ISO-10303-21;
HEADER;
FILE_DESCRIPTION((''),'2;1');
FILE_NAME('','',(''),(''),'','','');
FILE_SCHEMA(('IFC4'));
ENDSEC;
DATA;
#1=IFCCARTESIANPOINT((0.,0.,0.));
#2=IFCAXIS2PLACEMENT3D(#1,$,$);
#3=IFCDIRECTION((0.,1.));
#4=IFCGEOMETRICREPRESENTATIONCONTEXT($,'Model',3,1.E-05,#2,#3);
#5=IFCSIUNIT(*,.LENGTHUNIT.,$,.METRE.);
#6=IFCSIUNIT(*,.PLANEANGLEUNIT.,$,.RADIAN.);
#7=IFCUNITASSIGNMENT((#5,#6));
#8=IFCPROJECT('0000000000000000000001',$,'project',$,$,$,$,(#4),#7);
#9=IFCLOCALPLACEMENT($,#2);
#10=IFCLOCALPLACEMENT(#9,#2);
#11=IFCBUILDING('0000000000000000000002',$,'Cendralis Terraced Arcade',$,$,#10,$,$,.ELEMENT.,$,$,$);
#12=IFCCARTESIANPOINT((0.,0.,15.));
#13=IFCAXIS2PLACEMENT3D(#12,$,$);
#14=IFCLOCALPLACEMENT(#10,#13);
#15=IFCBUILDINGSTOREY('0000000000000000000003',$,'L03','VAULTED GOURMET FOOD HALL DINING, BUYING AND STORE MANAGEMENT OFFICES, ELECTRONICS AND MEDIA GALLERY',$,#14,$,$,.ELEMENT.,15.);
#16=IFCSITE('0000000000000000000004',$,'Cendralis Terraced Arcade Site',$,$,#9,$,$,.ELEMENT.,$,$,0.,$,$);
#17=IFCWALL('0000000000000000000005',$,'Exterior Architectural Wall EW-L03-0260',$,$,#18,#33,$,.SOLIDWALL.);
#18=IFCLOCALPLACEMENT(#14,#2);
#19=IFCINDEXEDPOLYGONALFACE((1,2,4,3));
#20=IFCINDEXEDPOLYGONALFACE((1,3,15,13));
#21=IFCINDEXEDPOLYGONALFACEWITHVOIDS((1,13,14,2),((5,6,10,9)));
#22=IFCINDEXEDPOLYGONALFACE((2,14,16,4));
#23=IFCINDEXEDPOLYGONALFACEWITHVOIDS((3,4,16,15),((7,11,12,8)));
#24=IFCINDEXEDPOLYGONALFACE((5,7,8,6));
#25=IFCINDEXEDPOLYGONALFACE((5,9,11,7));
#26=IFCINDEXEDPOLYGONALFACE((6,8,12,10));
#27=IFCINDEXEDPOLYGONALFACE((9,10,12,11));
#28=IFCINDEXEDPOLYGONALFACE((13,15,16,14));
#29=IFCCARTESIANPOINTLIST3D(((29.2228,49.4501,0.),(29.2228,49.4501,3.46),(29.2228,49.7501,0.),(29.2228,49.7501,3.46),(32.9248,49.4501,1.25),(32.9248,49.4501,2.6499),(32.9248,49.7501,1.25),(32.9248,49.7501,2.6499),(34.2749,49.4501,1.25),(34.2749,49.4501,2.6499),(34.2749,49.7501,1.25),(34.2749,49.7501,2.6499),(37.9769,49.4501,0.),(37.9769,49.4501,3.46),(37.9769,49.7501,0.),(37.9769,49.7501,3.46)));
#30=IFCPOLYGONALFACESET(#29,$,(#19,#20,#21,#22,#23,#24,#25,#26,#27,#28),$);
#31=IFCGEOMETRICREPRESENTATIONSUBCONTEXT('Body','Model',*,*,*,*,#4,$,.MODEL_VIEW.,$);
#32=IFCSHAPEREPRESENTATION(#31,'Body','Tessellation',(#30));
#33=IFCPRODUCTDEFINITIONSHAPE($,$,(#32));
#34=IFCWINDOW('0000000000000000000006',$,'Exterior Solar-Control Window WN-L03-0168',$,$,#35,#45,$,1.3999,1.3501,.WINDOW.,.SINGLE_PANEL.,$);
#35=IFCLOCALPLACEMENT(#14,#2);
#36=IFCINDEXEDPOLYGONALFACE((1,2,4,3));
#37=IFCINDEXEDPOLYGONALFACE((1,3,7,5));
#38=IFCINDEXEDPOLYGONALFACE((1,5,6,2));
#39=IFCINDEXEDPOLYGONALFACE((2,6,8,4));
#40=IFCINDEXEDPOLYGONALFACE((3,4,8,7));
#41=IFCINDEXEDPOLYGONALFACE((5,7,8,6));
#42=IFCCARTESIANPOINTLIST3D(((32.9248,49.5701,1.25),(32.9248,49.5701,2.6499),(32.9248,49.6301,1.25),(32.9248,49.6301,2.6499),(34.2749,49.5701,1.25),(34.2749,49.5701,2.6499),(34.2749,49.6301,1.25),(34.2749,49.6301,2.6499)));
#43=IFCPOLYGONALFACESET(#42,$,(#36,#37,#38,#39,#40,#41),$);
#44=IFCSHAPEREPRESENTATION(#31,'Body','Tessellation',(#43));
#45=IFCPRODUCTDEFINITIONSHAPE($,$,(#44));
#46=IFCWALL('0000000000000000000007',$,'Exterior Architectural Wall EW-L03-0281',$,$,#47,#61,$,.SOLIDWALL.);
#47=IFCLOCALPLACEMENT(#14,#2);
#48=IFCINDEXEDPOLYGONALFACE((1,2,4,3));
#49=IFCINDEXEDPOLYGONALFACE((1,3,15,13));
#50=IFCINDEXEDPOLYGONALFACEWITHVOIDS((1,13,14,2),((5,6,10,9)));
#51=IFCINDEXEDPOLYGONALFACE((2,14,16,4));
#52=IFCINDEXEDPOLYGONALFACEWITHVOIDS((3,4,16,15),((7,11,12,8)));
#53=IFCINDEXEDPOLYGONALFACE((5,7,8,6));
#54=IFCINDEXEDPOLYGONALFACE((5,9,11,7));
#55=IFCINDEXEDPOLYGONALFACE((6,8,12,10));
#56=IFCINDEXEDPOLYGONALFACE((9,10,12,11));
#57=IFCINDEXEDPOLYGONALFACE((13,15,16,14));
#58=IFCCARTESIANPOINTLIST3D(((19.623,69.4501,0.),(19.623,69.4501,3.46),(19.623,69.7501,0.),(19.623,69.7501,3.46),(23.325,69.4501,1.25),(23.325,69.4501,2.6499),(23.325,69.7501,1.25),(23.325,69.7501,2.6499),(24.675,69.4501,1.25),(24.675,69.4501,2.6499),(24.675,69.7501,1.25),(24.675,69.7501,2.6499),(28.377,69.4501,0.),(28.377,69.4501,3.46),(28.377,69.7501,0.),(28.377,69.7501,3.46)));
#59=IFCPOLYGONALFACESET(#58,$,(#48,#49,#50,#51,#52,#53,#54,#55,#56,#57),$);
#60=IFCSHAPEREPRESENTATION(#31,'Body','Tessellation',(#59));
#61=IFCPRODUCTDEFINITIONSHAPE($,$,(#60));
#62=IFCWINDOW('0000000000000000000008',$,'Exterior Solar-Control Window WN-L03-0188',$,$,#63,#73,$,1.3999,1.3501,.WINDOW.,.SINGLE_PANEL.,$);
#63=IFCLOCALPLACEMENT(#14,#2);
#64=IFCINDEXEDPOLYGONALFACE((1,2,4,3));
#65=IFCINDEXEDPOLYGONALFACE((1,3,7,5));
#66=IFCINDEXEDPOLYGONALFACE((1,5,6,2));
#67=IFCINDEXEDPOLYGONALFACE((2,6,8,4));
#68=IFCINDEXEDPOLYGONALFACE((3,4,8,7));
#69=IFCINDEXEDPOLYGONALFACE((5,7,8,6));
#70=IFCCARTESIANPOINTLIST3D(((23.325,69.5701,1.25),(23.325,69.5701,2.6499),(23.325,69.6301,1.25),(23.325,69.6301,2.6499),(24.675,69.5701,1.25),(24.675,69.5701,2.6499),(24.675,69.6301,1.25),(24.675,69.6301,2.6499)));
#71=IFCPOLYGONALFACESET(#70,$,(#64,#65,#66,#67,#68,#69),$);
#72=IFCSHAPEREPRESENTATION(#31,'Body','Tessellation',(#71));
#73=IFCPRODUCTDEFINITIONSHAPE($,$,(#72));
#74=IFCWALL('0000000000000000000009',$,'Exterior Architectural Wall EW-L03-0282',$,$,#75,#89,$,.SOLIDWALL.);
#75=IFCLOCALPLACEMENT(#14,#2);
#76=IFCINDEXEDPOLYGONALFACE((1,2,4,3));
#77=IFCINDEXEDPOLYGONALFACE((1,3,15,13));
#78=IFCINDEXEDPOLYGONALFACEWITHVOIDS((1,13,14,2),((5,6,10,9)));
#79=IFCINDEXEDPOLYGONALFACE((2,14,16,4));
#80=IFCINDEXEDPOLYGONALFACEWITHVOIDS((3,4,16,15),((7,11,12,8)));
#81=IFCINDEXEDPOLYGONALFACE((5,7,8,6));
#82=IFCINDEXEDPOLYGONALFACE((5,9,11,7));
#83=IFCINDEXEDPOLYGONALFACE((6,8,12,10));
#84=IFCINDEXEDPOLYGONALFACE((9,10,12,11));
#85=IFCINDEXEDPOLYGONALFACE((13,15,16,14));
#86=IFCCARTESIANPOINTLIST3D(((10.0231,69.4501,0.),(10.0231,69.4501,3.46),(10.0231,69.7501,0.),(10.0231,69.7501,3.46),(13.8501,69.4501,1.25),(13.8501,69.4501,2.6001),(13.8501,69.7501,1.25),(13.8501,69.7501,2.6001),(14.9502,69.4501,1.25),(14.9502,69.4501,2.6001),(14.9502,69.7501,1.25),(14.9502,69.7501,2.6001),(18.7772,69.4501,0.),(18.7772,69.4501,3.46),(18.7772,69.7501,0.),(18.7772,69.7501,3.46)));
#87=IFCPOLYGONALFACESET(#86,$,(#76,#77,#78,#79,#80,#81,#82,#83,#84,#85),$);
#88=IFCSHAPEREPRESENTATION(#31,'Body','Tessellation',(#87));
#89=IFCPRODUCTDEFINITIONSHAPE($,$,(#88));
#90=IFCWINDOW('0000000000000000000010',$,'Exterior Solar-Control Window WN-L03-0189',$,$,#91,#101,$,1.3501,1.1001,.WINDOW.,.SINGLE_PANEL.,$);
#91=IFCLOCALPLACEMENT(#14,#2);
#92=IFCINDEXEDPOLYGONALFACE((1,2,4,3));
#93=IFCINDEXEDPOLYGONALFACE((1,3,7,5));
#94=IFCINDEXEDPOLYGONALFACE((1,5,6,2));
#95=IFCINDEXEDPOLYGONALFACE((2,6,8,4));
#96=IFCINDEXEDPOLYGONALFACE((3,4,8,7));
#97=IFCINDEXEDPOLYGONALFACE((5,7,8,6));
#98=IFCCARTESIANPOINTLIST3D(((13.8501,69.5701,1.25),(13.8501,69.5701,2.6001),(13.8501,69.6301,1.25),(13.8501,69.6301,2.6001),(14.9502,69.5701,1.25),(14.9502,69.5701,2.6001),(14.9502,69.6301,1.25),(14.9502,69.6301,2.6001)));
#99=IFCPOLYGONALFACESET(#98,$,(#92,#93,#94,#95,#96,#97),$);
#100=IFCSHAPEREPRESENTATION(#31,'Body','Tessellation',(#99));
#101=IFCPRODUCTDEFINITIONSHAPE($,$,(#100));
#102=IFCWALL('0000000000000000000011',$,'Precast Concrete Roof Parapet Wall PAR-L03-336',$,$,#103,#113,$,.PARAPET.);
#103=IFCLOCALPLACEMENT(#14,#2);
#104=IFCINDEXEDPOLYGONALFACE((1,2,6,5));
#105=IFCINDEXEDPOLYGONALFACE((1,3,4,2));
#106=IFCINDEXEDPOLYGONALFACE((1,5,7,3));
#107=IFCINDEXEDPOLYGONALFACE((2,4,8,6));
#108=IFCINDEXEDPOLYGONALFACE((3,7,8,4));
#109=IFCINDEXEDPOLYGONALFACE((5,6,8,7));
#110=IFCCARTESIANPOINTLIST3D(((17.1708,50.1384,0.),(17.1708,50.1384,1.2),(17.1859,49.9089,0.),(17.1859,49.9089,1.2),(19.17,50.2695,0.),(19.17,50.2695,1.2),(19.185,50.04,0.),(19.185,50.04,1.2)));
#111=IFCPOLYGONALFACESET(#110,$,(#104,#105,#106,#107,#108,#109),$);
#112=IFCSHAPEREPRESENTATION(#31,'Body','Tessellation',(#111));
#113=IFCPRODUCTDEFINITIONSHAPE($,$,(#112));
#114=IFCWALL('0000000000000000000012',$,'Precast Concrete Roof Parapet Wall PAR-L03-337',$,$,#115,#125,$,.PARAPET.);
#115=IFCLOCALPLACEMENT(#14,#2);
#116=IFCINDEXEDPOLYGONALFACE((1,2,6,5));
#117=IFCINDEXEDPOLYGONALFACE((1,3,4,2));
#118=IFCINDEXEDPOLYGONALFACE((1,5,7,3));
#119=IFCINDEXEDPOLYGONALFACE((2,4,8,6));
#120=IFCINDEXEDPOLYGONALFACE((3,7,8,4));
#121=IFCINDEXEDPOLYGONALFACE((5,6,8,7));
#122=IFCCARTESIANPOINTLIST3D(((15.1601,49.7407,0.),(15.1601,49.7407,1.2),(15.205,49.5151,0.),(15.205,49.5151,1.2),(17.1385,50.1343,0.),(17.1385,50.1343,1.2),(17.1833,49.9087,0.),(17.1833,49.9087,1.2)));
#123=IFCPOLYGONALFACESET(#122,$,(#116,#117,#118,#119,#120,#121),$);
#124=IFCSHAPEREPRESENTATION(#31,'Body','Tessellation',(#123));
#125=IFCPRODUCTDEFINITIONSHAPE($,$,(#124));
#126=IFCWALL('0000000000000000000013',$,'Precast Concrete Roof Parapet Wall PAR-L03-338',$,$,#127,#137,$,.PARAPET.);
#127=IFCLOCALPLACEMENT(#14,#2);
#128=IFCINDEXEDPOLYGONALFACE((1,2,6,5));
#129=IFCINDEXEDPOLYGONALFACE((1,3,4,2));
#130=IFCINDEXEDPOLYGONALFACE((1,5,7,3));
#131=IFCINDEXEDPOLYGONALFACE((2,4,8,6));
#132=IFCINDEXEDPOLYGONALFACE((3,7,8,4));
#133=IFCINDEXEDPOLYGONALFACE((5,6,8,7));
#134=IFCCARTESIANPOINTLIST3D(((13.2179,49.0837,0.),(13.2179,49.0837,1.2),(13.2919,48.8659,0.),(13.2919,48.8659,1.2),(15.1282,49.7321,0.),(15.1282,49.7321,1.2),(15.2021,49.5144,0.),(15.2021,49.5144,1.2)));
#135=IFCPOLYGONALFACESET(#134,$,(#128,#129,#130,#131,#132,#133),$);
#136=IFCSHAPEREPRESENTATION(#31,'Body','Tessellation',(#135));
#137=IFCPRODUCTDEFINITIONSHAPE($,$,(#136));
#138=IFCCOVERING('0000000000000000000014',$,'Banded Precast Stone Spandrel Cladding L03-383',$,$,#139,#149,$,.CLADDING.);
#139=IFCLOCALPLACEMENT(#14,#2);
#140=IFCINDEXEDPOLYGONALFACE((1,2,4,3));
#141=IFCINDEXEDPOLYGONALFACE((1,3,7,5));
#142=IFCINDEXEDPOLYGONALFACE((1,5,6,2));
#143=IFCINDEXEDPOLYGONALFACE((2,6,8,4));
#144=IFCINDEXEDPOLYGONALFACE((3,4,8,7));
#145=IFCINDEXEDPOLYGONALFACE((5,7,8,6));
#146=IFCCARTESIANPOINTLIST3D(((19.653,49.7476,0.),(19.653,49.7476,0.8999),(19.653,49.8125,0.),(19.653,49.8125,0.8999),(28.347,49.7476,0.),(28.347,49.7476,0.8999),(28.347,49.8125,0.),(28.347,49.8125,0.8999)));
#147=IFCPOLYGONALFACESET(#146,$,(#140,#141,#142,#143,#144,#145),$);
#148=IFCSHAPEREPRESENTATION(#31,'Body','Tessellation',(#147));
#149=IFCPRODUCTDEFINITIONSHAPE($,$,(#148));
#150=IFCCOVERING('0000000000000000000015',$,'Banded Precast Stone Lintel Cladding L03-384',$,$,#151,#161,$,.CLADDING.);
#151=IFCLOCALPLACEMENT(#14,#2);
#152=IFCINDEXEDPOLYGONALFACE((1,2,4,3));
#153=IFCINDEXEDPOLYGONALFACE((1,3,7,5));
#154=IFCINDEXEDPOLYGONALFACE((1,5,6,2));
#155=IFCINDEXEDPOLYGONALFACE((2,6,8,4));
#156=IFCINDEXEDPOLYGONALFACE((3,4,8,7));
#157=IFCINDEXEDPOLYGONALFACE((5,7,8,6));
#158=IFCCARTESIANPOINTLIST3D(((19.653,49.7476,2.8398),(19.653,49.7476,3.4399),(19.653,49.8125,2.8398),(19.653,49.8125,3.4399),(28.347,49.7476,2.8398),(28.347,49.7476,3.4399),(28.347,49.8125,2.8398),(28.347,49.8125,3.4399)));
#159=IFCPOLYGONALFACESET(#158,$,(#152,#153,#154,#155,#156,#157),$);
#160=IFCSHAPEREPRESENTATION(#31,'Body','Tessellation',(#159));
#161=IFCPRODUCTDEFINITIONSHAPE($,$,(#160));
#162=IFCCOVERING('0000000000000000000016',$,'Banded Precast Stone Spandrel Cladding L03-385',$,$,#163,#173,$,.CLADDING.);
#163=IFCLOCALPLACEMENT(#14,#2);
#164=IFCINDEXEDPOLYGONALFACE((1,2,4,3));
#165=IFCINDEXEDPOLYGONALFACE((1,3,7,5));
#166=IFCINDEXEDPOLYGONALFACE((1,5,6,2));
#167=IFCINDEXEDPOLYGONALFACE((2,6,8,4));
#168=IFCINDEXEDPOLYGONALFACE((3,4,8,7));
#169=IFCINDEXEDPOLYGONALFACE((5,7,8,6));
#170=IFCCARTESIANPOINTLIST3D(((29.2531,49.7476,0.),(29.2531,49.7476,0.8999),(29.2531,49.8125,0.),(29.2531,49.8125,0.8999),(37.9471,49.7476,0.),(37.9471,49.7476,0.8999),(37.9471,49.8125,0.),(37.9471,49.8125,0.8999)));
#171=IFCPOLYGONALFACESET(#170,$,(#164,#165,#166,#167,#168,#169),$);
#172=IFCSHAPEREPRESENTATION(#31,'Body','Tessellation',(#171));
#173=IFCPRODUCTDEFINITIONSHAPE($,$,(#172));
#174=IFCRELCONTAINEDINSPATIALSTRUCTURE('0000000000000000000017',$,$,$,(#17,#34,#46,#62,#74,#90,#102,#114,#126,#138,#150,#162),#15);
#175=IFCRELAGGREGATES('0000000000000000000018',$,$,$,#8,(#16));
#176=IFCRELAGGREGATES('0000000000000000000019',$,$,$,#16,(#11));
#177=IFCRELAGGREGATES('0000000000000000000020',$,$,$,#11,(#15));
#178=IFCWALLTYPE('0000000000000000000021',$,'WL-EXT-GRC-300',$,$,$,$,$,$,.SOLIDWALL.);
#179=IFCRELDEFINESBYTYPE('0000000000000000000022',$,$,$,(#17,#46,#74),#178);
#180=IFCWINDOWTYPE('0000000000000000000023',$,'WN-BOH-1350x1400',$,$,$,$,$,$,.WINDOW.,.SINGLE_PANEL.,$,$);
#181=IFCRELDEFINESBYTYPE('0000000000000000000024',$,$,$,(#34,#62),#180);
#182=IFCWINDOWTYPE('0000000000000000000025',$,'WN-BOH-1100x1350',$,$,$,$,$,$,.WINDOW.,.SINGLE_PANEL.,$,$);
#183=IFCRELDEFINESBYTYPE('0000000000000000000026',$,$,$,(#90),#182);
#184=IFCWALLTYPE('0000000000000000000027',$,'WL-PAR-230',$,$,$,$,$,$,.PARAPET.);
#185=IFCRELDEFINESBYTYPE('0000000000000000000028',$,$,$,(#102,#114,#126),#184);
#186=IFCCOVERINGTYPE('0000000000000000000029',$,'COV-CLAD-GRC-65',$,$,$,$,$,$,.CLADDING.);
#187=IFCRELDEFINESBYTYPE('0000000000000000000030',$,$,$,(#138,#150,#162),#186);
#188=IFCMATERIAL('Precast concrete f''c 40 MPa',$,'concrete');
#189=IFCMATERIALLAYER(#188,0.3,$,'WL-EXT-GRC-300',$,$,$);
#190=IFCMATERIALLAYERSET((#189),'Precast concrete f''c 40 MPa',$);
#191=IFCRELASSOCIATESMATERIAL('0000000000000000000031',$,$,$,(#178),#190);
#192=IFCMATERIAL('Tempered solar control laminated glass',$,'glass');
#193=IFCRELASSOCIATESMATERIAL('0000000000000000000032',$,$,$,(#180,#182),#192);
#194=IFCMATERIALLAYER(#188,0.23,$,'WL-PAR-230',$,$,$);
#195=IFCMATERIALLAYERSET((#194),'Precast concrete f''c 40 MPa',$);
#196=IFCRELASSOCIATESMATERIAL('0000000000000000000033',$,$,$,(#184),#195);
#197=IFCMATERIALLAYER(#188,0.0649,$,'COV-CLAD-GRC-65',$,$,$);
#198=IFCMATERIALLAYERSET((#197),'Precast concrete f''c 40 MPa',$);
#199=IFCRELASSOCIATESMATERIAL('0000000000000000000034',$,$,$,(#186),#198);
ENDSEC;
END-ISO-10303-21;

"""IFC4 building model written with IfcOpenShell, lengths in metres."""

from ifc_helpers import new_model, si_unit, direction, frame, frame_2d, origin, origin_2d, place, context, subcontext, project, spatial, rectangle, extrude, material, layer, layer_set, type_object, element, fill, save


model = new_model("IFC4")

# Units and contexts
model_context = context("Model", 3, precision=1e-05, world=origin(), true_north=direction((0.0, 1.0)))
body_context = subcontext(model_context, "Body", "Model", "MODEL_VIEW")
ifc_project = project(units=[si_unit("LENGTHUNIT", "METRE"), si_unit("PLANEANGLEUNIT", "RADIAN")], contexts=[model_context])

# Site, building, storey
site_placement = place(None, origin())
site = spatial("IfcSite", under=ifc_project, at=site_placement, Name="Cendralis Terraced Arcade Site", CompositionType="ELEMENT", RefElevation=0.0)
building_placement = place(site_placement, origin())
building = spatial("IfcBuilding", under=site, at=building_placement, Name="Cendralis Terraced Arcade", CompositionType="ELEMENT")
storey_placement = place(building_placement, frame((0.0, 0.0, 15.0)))
storey = spatial("IfcBuildingStorey", under=building, at=storey_placement, Name="L03", Description="VAULTED GOURMET FOOD HALL DINING, BUYING AND STORE MANAGEMENT OFFICES, ELECTRONICS AND MEDIA GALLERY", CompositionType="ELEMENT", Elevation=15.0)

# Shared definitions
ifc_material_1 = material(Name="Tempered solar control laminated glass", Category="glass")

# Shared definitions
ifc_material_2 = material(Name="Precast concrete f'c 40 MPa", Category="concrete")
ifc_layer_1 = layer(ifc_material_2, 0.3, Name="WL-EXT-GRC-300")
ifc_layer_set_1 = layer_set([ifc_layer_1], Name="Precast concrete f'c 40 MPa")
wall_type_1 = type_object("IfcWallType", Name="WL-EXT-GRC-300", PredefinedType="SOLIDWALL", material=ifc_layer_set_1)

# Walls, openings, windows
wall_1_placement = place(storey_placement, frame((29.2229, 49.6001, 0.0), z_axis=(0.0, 0.0, 1.0), x_axis=(1.0, 0.0, 0.0)))
wall_1 = element("IfcWall", 1, at=wall_1_placement, inside=storey, type_object=wall_type_1, Name="Exterior Architectural Wall EW-L03-0260", PredefinedType="SOLIDWALL", context=body_context, shape_type="SweptSolid", body=[
    extrude(rectangle(XDim=8.7542, YDim=0.3, at=frame_2d((4.377, 0.0))), origin(), (0.0, 0.0, 1.0), 3.46),
])
opening_1_placement = place(wall_1_placement, frame((3.7019, 0.0, 1.25)))
opening_1 = element("IfcOpeningElement", 2, at=opening_1_placement, cuts=wall_1, PredefinedType="OPENING", context=body_context, shape_type="SweptSolid", body=[
    extrude(rectangle(XDim=1.3501, YDim=1.3999, at=frame_2d((0.675, 0.7))), frame((0.0, 0.1621, 0.0), z_axis=(0.0, -1.0, 0.0), x_axis=(1.0, 0.0, 0.0)), (0.0, 0.0, 1.0), 0.324),
])
window_type_1 = type_object("IfcWindowType", Name="WN-BOH-1350x1400", PartitioningType="SINGLE_PANEL", PredefinedType="WINDOW", material=ifc_material_1)
window_1_placement = place(opening_1_placement, origin())
window_1 = element("IfcWindow", 3, at=window_1_placement, inside=storey, type_object=window_type_1, Name="Exterior Solar-Control Window WN-L03-0168", OverallHeight=1.3999, OverallWidth=1.3501, PartitioningType="SINGLE_PANEL", PredefinedType="WINDOW", context=body_context, shape_type="SweptSolid", body=[
    extrude(rectangle(XDim=1.3501, YDim=1.3999, at=frame_2d((0.675, 0.7))), frame((0.0, 0.03, 0.0), z_axis=(0.0, -1.0, 0.0), x_axis=(1.0, 0.0, 0.0)), (0.0, 0.0, 1.0), 0.0601),
])
fill(opening_1, window_1)
wall_2_placement = place(storey_placement, frame((28.377, 69.6001, 0.0), z_axis=(0.0, 0.0, 1.0), x_axis=(-1.0, 0.0, 0.0)))
wall_2 = element("IfcWall", 4, at=wall_2_placement, inside=storey, type_object=wall_type_1, Name="Exterior Architectural Wall EW-L03-0281", PredefinedType="SOLIDWALL", context=body_context, shape_type="SweptSolid", body=[
    extrude(rectangle(XDim=8.7539, YDim=0.3, at=frame_2d((4.377, 0.0))), origin(), (0.0, 0.0, 1.0), 3.46),
])
opening_2_placement = place(wall_2_placement, frame((3.7019, 0.0, 1.25)))
opening_2 = element("IfcOpeningElement", 5, at=opening_2_placement, cuts=wall_2, PredefinedType="OPENING", context=body_context, shape_type="SweptSolid", body=[
    extrude(rectangle(XDim=1.3501, YDim=1.3999, at=frame_2d((0.675, 0.7))), frame((0.0, 0.1621, 0.0), z_axis=(0.0, -1.0, 0.0), x_axis=(1.0, 0.0, 0.0)), (0.0, 0.0, 1.0), 0.324),
])
window_2_placement = place(opening_2_placement, origin())
window_2 = element("IfcWindow", 6, at=window_2_placement, inside=storey, type_object=window_type_1, Name="Exterior Solar-Control Window WN-L03-0188", OverallHeight=1.3999, OverallWidth=1.3501, PartitioningType="SINGLE_PANEL", PredefinedType="WINDOW", context=body_context, shape_type="SweptSolid", body=[
    extrude(rectangle(XDim=1.3501, YDim=1.3999, at=frame_2d((0.675, 0.7))), frame((0.0, 0.03, 0.0), z_axis=(0.0, -1.0, 0.0), x_axis=(1.0, 0.0, 0.0)), (0.0, 0.0, 1.0), 0.0601),
])
fill(opening_2, window_2)
wall_3_placement = place(storey_placement, frame((18.7771, 69.6001, 0.0), z_axis=(0.0, 0.0, 1.0), x_axis=(-1.0, 0.0, 0.0)))
wall_3 = element("IfcWall", 7, at=wall_3_placement, inside=storey, type_object=wall_type_1, Name="Exterior Architectural Wall EW-L03-0282", PredefinedType="SOLIDWALL", context=body_context, shape_type="SweptSolid", body=[
    extrude(rectangle(XDim=8.7542, YDim=0.3, at=frame_2d((4.377, 0.0))), origin(), (0.0, 0.0, 1.0), 3.46),
])
opening_3_placement = place(wall_3_placement, frame((3.8269, 0.0, 1.25)))
opening_3 = element("IfcOpeningElement", 8, at=opening_3_placement, cuts=wall_3, PredefinedType="OPENING", context=body_context, shape_type="SweptSolid", body=[
    extrude(rectangle(XDim=1.1001, YDim=1.3501, at=frame_2d((0.55, 0.675))), frame((0.0, 0.1621, 0.0), z_axis=(0.0, -1.0, 0.0), x_axis=(1.0, 0.0, 0.0)), (0.0, 0.0, 1.0), 0.324),
])
window_type_2 = type_object("IfcWindowType", Name="WN-BOH-1100x1350", PartitioningType="SINGLE_PANEL", PredefinedType="WINDOW", material=ifc_material_1)
window_3_placement = place(opening_3_placement, origin())
window_3 = element("IfcWindow", 9, at=window_3_placement, inside=storey, type_object=window_type_2, Name="Exterior Solar-Control Window WN-L03-0189", OverallHeight=1.3501, OverallWidth=1.1001, PartitioningType="SINGLE_PANEL", PredefinedType="WINDOW", context=body_context, shape_type="SweptSolid", body=[
    extrude(rectangle(XDim=1.1001, YDim=1.3501, at=frame_2d((0.55, 0.675))), frame((0.0, 0.03, 0.0), z_axis=(0.0, -1.0, 0.0), x_axis=(1.0, 0.0, 0.0)), (0.0, 0.0, 1.0), 0.0601),
])
fill(opening_3, window_3)

# Walls
ifc_layer_2 = layer(ifc_material_2, 0.23, Name="WL-PAR-230")
ifc_layer_set_2 = layer_set([ifc_layer_2], Name="Precast concrete f'c 40 MPa")
wall_type_2 = type_object("IfcWallType", Name="WL-PAR-230", PredefinedType="PARAPET", material=ifc_layer_set_2)
wall_4_placement = place(storey_placement, frame((19.1775, 50.1548, 0.0), z_axis=(0.0, 0.0, 1.0), x_axis=(-0.997856, -0.065443, 0.0)))
element("IfcWall", 10, at=wall_4_placement, inside=storey, type_object=wall_type_2, Name="Precast Concrete Roof Parapet Wall PAR-L03-336", PredefinedType="PARAPET", context=body_context, shape_type="SweptSolid", body=[
    extrude(rectangle(XDim=2.0034, YDim=0.23, at=frame_2d((1.0017, 0.0))), origin(), (0.0, 0.0, 1.0), 1.2),
])
wall_5_placement = place(storey_placement, frame((17.1609, 50.0215, 0.0), z_axis=(0.0, 0.0, 1.0), x_axis=(-0.98078, -0.195115, 0.0)))
element("IfcWall", 11, at=wall_5_placement, inside=storey, type_object=wall_type_2, Name="Precast Concrete Roof Parapet Wall PAR-L03-337", PredefinedType="PARAPET", context=body_context, shape_type="SweptSolid", body=[
    extrude(rectangle(XDim=2.0171, YDim=0.23, at=frame_2d((1.0085, 0.0))), origin(), (0.0, 0.0, 1.0), 1.2),
])
wall_6_placement = place(storey_placement, frame((15.1653, 49.6233, 0.0), z_axis=(0.0, 0.0, 1.0), x_axis=(-0.946926, -0.321451, 0.0)))
element("IfcWall", 12, at=wall_6_placement, inside=storey, type_object=wall_type_2, Name="Precast Concrete Roof Parapet Wall PAR-L03-338", PredefinedType="PARAPET", context=body_context, shape_type="SweptSolid", body=[
    extrude(rectangle(XDim=2.0173, YDim=0.23, at=frame_2d((1.0088, 0.0))), origin(), (0.0, 0.0, 1.0), 1.2),
])

# Coverings
ifc_layer_3 = layer(ifc_material_2, 0.0649, Name="COV-CLAD-GRC-65")
ifc_layer_set_3 = layer_set([ifc_layer_3], Name="Precast concrete f'c 40 MPa")
covering_type = type_object("IfcCoveringType", Name="COV-CLAD-GRC-65", PredefinedType="CLADDING", material=ifc_layer_set_3)
covering_1_placement = place(storey_placement, frame((24.0, 49.78, 0.0), z_axis=(0.0, 0.0, 1.0), x_axis=(1.0, 0.0, 0.0)))
element("IfcCovering", 13, at=covering_1_placement, inside=storey, type_object=covering_type, Name="Banded Precast Stone Spandrel Cladding L03-383", PredefinedType="CLADDING", context=body_context, shape_type="SweptSolid", body=[
    extrude(rectangle(XDim=8.6941, YDim=0.0649, at=origin_2d()), origin(), (0.0, 0.0, 1.0), 0.8999),
])
covering_2_placement = place(storey_placement, frame((24.0, 49.78, 2.8398), z_axis=(0.0, 0.0, 1.0), x_axis=(1.0, 0.0, 0.0)))
element("IfcCovering", 14, at=covering_2_placement, inside=storey, type_object=covering_type, Name="Banded Precast Stone Lintel Cladding L03-384", PredefinedType="CLADDING", context=body_context, shape_type="SweptSolid", body=[
    extrude(rectangle(XDim=8.6941, YDim=0.0649, at=origin_2d()), origin(), (0.0, 0.0, 1.0), 0.6001),
])
covering_3_placement = place(storey_placement, frame((33.6001, 49.78, 0.0), z_axis=(0.0, 0.0, 1.0), x_axis=(1.0, 0.0, 0.0)))
element("IfcCovering", 15, at=covering_3_placement, inside=storey, type_object=covering_type, Name="Banded Precast Stone Spandrel Cladding L03-385", PredefinedType="CLADDING", context=body_context, shape_type="SweptSolid", body=[
    extrude(rectangle(XDim=8.6941, YDim=0.0649, at=origin_2d()), origin(), (0.0, 0.0, 1.0), 0.8999),
])

save(model, "model.ifc")
